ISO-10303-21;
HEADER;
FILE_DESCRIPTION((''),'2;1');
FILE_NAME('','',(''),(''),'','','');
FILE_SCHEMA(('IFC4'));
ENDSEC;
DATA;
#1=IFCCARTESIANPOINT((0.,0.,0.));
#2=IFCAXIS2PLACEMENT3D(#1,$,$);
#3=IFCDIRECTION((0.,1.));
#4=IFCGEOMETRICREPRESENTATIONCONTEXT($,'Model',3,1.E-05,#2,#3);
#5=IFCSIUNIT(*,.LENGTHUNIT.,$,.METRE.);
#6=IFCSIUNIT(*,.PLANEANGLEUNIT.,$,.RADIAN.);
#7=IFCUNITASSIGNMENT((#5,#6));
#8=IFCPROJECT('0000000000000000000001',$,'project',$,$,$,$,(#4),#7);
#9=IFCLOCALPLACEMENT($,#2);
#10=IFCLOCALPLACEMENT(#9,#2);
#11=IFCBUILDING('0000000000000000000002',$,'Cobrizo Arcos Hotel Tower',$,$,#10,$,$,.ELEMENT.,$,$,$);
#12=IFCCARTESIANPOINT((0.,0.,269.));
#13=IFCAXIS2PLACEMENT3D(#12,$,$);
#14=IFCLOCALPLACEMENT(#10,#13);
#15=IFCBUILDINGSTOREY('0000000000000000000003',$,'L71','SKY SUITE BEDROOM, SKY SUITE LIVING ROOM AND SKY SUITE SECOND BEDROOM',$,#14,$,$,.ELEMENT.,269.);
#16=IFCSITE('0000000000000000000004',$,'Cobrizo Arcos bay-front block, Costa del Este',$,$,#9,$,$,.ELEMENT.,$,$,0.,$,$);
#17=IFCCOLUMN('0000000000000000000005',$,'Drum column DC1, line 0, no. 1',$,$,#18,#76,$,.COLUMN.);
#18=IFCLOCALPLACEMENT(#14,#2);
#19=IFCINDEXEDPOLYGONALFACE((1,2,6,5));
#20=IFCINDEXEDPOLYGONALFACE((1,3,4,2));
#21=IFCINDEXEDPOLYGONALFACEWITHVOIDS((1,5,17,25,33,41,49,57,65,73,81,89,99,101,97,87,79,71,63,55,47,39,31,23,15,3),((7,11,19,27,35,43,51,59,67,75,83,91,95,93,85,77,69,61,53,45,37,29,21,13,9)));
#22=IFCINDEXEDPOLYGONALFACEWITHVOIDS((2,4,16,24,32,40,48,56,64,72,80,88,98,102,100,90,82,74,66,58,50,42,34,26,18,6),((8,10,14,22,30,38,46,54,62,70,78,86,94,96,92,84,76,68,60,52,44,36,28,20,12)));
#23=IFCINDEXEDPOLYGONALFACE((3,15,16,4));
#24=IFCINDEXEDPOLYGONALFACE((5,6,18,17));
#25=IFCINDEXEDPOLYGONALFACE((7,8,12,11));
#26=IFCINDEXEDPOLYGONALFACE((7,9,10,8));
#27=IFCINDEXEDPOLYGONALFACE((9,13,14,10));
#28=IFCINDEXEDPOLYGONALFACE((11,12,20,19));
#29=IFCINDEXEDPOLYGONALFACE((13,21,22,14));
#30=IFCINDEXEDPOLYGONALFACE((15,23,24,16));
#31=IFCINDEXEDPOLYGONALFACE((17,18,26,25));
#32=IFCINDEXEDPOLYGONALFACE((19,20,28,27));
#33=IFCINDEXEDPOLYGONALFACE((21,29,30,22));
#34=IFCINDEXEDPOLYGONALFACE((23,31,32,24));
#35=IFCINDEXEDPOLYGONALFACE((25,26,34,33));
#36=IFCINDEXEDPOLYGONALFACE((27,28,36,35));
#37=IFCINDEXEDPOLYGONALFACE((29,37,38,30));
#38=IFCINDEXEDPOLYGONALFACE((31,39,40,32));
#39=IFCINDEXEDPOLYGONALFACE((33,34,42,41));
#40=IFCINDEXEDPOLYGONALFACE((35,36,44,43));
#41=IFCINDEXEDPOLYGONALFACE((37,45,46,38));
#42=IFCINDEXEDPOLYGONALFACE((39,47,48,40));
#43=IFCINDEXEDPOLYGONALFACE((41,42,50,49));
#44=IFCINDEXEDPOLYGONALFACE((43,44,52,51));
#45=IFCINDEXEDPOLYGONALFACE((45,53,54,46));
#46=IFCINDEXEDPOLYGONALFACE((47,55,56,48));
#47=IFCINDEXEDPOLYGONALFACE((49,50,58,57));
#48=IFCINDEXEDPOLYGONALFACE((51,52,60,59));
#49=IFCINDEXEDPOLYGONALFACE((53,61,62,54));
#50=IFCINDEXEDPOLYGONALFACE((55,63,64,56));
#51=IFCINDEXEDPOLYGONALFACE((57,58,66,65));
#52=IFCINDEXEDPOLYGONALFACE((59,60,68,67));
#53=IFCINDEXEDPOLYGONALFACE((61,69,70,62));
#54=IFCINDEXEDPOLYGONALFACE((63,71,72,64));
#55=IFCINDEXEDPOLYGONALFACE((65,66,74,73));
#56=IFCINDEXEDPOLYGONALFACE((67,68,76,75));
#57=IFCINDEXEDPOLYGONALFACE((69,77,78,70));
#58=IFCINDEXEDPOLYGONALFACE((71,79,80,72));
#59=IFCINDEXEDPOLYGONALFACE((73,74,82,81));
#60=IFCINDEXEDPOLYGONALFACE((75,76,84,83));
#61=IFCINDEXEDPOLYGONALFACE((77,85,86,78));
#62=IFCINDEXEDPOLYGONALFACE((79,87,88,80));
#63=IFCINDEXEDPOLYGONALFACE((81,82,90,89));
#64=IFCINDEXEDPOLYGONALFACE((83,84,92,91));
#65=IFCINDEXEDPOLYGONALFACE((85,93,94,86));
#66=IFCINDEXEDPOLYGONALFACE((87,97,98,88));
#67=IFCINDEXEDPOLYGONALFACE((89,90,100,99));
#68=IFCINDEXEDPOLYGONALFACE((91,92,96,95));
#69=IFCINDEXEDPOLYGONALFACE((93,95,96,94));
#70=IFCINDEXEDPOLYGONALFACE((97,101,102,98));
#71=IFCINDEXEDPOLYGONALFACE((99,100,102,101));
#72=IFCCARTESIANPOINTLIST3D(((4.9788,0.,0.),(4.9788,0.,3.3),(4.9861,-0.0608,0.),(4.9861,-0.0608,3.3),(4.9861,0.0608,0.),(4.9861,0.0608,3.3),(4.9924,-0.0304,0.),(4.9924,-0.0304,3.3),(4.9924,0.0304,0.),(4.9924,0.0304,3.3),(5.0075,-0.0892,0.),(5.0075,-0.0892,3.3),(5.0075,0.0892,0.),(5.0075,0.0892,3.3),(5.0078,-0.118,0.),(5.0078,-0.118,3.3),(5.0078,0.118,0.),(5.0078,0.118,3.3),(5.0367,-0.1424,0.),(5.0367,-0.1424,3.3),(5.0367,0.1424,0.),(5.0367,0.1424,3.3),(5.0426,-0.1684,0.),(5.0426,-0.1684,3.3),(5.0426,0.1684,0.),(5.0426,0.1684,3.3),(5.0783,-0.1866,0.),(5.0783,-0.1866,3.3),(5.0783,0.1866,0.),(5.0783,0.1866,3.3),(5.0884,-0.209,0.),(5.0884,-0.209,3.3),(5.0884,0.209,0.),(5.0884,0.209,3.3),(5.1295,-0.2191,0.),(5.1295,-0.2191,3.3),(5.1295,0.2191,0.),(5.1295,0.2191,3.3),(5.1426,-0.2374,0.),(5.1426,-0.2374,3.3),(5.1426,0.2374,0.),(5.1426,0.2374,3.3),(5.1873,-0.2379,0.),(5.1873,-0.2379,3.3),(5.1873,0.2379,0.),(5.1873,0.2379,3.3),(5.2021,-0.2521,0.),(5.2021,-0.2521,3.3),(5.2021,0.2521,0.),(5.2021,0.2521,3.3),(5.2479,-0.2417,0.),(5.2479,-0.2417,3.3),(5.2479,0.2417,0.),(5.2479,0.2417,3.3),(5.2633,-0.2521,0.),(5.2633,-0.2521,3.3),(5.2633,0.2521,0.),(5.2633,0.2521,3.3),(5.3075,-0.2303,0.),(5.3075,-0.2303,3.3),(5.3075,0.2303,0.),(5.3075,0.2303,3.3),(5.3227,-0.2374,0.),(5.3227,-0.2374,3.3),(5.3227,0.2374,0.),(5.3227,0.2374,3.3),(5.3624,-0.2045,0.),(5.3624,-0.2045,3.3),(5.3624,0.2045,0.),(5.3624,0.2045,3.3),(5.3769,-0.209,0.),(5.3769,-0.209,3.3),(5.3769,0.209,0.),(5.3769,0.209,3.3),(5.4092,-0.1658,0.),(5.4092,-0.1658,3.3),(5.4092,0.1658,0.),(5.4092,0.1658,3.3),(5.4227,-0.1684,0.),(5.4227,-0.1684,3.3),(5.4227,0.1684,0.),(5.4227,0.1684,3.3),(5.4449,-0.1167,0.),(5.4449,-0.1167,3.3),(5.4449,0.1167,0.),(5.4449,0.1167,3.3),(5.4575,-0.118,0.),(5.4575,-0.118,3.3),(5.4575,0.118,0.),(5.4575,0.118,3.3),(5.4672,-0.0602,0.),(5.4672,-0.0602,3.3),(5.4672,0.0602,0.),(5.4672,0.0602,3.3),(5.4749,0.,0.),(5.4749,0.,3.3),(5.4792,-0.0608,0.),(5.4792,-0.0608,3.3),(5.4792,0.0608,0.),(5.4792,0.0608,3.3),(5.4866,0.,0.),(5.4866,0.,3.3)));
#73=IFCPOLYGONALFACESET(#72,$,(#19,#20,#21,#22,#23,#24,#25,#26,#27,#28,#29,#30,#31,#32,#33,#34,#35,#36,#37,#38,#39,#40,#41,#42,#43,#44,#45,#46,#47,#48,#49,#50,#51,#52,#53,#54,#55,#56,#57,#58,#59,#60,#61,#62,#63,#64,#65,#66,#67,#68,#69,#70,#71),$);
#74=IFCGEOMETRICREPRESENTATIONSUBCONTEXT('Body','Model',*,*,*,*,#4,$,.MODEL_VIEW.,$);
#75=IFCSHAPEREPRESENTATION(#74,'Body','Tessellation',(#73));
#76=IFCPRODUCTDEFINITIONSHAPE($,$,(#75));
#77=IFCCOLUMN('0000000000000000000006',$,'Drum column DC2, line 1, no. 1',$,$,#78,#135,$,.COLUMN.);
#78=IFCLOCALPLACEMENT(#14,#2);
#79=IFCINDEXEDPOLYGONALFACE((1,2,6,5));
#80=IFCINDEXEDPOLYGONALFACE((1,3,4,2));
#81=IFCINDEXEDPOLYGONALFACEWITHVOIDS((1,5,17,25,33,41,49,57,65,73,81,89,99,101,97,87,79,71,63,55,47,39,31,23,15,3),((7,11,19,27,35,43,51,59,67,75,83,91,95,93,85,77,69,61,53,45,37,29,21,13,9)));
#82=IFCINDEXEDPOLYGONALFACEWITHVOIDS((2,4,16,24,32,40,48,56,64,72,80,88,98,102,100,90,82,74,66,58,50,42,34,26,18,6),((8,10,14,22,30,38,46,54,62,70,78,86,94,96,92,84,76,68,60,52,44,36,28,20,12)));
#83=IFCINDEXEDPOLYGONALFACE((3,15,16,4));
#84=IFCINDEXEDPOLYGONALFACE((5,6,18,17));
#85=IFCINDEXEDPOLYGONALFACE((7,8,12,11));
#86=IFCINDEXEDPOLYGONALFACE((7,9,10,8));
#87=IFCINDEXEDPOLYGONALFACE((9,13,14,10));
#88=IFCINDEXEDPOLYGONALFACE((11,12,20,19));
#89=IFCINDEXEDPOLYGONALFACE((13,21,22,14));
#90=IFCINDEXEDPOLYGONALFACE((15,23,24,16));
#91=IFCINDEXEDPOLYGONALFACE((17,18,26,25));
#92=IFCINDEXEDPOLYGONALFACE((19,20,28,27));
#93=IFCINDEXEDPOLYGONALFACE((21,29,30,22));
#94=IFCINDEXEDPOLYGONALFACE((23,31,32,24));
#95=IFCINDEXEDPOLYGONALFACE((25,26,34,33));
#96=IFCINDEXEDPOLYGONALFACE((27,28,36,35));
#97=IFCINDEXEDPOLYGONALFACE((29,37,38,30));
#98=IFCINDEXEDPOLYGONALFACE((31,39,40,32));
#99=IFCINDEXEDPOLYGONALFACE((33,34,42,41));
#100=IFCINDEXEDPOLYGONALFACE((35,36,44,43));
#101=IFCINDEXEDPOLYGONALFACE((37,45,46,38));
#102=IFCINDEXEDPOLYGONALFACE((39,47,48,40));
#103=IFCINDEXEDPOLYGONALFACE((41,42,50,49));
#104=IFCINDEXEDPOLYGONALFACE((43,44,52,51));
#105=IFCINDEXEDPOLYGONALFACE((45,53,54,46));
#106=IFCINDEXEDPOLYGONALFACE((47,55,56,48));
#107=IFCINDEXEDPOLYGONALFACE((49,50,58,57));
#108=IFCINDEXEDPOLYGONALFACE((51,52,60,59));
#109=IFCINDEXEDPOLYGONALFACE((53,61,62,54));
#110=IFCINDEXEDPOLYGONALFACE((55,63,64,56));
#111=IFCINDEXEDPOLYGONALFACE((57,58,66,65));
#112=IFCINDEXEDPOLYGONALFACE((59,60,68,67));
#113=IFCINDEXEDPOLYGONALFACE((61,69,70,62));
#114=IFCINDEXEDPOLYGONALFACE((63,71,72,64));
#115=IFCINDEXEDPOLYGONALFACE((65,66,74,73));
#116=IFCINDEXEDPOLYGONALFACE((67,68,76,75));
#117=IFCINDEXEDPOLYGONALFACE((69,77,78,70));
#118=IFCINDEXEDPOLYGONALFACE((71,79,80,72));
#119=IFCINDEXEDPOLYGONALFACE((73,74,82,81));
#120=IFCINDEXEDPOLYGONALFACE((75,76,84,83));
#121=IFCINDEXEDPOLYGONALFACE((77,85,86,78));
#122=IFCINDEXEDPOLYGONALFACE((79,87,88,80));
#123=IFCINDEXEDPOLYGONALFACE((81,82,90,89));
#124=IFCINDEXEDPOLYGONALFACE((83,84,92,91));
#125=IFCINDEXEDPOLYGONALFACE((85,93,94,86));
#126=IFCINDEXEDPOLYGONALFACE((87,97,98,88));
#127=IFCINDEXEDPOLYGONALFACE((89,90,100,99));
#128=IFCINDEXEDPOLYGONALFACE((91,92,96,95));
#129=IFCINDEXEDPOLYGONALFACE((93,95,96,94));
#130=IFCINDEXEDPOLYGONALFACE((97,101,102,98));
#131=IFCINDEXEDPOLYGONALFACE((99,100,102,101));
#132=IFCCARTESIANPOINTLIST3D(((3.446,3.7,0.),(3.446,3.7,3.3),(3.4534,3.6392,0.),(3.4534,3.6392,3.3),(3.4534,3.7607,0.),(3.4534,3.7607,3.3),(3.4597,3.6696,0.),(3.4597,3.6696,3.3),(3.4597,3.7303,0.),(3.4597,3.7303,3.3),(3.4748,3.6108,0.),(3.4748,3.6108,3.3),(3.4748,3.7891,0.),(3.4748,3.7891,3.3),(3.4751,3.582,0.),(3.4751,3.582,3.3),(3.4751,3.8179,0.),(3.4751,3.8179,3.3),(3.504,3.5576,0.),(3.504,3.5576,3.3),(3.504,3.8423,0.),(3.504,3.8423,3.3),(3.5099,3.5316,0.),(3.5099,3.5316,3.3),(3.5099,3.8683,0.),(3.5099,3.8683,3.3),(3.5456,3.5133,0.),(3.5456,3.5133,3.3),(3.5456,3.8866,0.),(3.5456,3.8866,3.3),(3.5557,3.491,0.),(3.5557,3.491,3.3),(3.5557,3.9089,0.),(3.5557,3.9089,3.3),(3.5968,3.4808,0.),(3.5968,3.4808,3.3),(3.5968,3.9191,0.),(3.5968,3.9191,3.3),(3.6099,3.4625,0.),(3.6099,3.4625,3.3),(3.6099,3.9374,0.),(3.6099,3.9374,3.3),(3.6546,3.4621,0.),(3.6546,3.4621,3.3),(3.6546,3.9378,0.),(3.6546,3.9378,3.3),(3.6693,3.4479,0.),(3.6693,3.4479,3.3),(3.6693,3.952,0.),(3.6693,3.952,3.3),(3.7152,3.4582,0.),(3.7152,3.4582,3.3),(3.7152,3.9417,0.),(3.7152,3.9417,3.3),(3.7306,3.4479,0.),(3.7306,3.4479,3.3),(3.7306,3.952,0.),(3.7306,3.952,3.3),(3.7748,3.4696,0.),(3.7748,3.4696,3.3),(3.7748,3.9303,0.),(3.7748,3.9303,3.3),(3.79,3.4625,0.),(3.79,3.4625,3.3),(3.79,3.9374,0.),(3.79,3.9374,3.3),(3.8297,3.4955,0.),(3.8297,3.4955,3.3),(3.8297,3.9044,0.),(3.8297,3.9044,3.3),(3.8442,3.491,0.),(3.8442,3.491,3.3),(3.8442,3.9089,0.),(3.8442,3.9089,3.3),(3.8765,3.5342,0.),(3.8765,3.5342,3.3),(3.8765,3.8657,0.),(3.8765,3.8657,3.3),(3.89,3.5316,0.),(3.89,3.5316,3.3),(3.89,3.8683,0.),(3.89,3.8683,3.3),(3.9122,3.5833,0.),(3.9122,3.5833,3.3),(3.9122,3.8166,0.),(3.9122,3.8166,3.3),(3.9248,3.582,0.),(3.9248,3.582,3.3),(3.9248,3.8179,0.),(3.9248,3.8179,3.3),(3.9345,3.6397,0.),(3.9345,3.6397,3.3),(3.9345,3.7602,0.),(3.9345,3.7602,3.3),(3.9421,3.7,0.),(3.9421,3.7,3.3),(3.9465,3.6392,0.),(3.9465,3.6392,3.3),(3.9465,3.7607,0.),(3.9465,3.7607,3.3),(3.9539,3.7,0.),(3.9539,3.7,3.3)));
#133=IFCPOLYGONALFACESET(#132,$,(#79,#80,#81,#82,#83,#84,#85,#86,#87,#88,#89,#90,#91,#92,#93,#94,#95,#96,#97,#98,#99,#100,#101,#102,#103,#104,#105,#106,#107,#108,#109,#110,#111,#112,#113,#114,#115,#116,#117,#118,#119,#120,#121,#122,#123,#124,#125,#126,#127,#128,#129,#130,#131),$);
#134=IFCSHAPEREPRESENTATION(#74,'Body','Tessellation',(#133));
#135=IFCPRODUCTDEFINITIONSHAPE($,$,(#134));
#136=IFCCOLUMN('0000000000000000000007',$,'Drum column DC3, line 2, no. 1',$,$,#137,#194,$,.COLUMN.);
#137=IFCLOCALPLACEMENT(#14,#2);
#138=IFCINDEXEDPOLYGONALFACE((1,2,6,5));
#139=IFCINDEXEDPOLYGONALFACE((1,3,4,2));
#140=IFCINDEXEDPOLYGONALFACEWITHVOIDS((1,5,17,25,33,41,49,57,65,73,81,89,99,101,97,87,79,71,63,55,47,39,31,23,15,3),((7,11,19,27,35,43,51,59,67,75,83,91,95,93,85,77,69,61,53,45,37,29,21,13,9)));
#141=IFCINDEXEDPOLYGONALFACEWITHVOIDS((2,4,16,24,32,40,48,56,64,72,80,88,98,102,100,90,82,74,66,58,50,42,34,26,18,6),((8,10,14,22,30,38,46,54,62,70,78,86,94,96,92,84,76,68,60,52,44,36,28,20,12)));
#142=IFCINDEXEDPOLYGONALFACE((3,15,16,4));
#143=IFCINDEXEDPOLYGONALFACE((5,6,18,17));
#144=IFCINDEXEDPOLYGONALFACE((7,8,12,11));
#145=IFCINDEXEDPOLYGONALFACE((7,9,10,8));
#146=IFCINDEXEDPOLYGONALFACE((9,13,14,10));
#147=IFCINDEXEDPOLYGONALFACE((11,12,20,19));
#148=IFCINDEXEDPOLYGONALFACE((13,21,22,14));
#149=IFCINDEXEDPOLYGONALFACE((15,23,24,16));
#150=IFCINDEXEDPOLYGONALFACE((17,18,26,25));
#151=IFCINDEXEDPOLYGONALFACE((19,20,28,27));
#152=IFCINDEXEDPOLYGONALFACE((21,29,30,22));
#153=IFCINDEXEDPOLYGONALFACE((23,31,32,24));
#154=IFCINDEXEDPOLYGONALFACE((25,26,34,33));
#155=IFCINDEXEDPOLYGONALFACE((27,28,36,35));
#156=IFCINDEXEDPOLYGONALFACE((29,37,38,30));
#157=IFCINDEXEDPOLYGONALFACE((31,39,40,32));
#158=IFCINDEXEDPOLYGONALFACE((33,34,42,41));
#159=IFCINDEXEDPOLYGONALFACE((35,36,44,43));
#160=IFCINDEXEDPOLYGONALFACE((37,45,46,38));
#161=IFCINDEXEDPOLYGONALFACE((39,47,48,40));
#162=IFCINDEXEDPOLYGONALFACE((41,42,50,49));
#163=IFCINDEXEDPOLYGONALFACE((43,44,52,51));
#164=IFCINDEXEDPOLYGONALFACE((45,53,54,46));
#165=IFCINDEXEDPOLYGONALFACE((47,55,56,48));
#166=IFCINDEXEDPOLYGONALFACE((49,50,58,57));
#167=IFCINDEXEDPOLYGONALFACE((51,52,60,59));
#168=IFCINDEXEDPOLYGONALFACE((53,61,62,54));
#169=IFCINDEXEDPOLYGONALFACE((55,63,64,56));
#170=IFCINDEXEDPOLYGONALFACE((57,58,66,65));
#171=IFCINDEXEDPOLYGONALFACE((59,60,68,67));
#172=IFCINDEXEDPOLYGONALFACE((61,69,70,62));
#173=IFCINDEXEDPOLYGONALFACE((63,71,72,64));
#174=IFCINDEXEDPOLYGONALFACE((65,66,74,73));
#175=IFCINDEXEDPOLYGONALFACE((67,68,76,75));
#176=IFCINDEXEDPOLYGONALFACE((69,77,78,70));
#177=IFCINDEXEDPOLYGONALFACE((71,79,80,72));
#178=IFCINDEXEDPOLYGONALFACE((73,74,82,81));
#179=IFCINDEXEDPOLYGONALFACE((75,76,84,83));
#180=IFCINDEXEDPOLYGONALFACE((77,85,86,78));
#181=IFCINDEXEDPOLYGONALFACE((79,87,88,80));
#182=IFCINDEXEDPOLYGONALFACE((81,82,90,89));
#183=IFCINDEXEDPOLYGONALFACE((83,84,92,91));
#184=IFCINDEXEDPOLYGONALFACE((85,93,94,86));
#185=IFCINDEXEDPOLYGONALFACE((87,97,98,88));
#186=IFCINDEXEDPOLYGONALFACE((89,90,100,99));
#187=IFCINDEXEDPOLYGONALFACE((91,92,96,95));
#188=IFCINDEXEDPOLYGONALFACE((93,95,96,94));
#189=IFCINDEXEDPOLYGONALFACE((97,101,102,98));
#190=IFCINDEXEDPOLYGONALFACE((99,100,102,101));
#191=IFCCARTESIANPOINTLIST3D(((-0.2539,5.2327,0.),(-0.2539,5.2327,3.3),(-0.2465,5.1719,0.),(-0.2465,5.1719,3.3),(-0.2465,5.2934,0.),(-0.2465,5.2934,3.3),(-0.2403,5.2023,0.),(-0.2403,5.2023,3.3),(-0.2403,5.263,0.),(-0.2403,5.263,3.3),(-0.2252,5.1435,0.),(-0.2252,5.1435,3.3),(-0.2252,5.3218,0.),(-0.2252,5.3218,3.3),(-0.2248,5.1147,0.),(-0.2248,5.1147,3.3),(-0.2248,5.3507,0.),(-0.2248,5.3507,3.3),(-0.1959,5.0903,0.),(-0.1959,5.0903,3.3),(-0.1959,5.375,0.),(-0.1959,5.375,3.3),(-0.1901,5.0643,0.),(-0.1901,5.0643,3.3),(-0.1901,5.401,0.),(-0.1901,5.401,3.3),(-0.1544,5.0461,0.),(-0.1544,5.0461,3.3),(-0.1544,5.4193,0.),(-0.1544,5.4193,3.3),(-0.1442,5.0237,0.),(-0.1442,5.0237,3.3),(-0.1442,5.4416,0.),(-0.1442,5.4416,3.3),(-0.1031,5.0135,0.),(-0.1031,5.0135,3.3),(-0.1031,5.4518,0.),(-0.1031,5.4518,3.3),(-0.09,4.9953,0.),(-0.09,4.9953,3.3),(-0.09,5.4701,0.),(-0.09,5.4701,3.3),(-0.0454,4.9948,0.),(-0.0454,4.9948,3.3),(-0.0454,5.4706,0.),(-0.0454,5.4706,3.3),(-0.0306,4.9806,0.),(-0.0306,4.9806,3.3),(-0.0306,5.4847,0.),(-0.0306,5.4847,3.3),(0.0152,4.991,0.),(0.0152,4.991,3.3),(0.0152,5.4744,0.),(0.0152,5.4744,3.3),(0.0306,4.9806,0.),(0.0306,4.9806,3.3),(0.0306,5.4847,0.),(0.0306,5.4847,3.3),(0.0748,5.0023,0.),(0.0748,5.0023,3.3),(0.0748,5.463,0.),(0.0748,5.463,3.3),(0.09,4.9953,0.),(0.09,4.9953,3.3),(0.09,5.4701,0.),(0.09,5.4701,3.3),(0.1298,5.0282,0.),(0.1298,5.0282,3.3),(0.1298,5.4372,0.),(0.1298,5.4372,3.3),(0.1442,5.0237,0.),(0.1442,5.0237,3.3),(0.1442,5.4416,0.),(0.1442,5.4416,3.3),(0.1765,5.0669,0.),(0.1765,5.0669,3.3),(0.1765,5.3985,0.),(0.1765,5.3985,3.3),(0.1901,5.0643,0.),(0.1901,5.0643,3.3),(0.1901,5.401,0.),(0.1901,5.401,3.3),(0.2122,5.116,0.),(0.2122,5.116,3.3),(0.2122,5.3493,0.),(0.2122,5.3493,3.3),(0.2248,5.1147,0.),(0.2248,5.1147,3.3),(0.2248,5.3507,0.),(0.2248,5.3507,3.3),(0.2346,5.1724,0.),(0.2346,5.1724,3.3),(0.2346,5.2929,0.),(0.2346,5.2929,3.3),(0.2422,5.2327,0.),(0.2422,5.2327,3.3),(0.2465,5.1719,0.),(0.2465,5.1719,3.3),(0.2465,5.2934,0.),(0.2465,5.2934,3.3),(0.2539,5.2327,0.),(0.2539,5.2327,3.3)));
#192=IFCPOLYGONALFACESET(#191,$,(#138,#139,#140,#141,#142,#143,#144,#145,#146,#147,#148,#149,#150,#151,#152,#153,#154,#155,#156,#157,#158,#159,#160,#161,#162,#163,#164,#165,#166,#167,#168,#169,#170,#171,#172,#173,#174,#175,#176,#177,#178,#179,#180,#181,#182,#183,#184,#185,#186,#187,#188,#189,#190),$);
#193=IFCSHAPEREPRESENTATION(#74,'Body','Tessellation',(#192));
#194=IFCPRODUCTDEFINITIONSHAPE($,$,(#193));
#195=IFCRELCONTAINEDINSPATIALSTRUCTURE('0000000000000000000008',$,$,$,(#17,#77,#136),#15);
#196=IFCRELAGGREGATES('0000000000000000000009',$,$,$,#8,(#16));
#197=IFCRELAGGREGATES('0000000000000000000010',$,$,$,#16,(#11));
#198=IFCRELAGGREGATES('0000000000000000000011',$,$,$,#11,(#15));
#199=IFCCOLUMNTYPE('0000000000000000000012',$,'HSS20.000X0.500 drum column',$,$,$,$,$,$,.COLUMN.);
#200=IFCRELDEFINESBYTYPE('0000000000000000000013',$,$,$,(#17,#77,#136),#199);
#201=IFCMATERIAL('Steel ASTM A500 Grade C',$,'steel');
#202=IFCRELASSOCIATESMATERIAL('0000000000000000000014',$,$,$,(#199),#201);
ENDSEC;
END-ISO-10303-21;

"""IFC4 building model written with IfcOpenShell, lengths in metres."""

from ifc_helpers import new_model, si_unit, direction, frame, origin, origin_2d, place, context, subcontext, project, spatial, hollow_circle, extrude, material, material_profile, profile_set, type_object, element, save


model = new_model("IFC4")

# Units and contexts
model_context = context("Model", 3, precision=1e-05, world=origin(), true_north=direction((0.0, 1.0)))
body_context = subcontext(model_context, "Body", "Model", "MODEL_VIEW")
ifc_project = project(units=[si_unit("LENGTHUNIT", "METRE"), si_unit("PLANEANGLEUNIT", "RADIAN")], contexts=[model_context])

# Site, building, storey
site_placement = place(None, origin())
site = spatial("IfcSite", under=ifc_project, at=site_placement, Name="Cobrizo Arcos bay-front block, Costa del Este", CompositionType="ELEMENT", RefElevation=0.0)
building_placement = place(site_placement, origin())
building = spatial("IfcBuilding", under=site, at=building_placement, Name="Cobrizo Arcos Hotel Tower", CompositionType="ELEMENT")
storey_placement = place(building_placement, frame((0.0, 0.0, 269.0)))
storey = spatial("IfcBuildingStorey", under=building, at=storey_placement, Name="L71", Description="SKY SUITE BEDROOM, SKY SUITE LIVING ROOM AND SKY SUITE SECOND BEDROOM", CompositionType="ELEMENT", Elevation=269.0)

# Columns
ifc_material_1 = material(Name="Steel ASTM A500 Grade C", Category="steel")
ifc_material_profile_1 = material_profile(ifc_material_1, hollow_circle(Radius=0.2539, WallThickness=0.0117, at=origin_2d()), Name="HSS20.000X0.500")
ifc_profile_set_1 = profile_set([ifc_material_profile_1], Name="Steel ASTM A500 Grade C")
column_type_1 = type_object("IfcColumnType", Name="HSS20.000X0.500 drum column", PredefinedType="COLUMN", material=ifc_profile_set_1)
for number, where, z_axis, x_axis, name in (
    (1, (5.2327, 0.0, 0.0), (0.0, 0.0, 1.0), (1.0, 0.0, 0.0), "Drum column DC1, line 0, no. 1"),
    (2, (3.7, 3.7, 0.0), (0.0, 0.0, 1.0), (1.0, 0.0, 0.0), "Drum column DC2, line 1, no. 1"),
    (3, (0.0, 5.2327, 0.0), (0.0, 0.0, 1.0), (1.0, 0.0, 0.0), "Drum column DC3, line 2, no. 1"),
):
    element("IfcColumn", number, at=place(storey_placement, frame(where, z_axis=z_axis, x_axis=x_axis)), inside=storey, type_object=column_type_1, Name=name, PredefinedType="COLUMN", context=body_context, shape_type="SweptSolid", body=[
        extrude(hollow_circle(Radius=0.2539, WallThickness=0.0117, at=origin_2d()), origin(), (0.0, 0.0, 1.0), 3.3),
    ])

save(model, "model.ifc")
